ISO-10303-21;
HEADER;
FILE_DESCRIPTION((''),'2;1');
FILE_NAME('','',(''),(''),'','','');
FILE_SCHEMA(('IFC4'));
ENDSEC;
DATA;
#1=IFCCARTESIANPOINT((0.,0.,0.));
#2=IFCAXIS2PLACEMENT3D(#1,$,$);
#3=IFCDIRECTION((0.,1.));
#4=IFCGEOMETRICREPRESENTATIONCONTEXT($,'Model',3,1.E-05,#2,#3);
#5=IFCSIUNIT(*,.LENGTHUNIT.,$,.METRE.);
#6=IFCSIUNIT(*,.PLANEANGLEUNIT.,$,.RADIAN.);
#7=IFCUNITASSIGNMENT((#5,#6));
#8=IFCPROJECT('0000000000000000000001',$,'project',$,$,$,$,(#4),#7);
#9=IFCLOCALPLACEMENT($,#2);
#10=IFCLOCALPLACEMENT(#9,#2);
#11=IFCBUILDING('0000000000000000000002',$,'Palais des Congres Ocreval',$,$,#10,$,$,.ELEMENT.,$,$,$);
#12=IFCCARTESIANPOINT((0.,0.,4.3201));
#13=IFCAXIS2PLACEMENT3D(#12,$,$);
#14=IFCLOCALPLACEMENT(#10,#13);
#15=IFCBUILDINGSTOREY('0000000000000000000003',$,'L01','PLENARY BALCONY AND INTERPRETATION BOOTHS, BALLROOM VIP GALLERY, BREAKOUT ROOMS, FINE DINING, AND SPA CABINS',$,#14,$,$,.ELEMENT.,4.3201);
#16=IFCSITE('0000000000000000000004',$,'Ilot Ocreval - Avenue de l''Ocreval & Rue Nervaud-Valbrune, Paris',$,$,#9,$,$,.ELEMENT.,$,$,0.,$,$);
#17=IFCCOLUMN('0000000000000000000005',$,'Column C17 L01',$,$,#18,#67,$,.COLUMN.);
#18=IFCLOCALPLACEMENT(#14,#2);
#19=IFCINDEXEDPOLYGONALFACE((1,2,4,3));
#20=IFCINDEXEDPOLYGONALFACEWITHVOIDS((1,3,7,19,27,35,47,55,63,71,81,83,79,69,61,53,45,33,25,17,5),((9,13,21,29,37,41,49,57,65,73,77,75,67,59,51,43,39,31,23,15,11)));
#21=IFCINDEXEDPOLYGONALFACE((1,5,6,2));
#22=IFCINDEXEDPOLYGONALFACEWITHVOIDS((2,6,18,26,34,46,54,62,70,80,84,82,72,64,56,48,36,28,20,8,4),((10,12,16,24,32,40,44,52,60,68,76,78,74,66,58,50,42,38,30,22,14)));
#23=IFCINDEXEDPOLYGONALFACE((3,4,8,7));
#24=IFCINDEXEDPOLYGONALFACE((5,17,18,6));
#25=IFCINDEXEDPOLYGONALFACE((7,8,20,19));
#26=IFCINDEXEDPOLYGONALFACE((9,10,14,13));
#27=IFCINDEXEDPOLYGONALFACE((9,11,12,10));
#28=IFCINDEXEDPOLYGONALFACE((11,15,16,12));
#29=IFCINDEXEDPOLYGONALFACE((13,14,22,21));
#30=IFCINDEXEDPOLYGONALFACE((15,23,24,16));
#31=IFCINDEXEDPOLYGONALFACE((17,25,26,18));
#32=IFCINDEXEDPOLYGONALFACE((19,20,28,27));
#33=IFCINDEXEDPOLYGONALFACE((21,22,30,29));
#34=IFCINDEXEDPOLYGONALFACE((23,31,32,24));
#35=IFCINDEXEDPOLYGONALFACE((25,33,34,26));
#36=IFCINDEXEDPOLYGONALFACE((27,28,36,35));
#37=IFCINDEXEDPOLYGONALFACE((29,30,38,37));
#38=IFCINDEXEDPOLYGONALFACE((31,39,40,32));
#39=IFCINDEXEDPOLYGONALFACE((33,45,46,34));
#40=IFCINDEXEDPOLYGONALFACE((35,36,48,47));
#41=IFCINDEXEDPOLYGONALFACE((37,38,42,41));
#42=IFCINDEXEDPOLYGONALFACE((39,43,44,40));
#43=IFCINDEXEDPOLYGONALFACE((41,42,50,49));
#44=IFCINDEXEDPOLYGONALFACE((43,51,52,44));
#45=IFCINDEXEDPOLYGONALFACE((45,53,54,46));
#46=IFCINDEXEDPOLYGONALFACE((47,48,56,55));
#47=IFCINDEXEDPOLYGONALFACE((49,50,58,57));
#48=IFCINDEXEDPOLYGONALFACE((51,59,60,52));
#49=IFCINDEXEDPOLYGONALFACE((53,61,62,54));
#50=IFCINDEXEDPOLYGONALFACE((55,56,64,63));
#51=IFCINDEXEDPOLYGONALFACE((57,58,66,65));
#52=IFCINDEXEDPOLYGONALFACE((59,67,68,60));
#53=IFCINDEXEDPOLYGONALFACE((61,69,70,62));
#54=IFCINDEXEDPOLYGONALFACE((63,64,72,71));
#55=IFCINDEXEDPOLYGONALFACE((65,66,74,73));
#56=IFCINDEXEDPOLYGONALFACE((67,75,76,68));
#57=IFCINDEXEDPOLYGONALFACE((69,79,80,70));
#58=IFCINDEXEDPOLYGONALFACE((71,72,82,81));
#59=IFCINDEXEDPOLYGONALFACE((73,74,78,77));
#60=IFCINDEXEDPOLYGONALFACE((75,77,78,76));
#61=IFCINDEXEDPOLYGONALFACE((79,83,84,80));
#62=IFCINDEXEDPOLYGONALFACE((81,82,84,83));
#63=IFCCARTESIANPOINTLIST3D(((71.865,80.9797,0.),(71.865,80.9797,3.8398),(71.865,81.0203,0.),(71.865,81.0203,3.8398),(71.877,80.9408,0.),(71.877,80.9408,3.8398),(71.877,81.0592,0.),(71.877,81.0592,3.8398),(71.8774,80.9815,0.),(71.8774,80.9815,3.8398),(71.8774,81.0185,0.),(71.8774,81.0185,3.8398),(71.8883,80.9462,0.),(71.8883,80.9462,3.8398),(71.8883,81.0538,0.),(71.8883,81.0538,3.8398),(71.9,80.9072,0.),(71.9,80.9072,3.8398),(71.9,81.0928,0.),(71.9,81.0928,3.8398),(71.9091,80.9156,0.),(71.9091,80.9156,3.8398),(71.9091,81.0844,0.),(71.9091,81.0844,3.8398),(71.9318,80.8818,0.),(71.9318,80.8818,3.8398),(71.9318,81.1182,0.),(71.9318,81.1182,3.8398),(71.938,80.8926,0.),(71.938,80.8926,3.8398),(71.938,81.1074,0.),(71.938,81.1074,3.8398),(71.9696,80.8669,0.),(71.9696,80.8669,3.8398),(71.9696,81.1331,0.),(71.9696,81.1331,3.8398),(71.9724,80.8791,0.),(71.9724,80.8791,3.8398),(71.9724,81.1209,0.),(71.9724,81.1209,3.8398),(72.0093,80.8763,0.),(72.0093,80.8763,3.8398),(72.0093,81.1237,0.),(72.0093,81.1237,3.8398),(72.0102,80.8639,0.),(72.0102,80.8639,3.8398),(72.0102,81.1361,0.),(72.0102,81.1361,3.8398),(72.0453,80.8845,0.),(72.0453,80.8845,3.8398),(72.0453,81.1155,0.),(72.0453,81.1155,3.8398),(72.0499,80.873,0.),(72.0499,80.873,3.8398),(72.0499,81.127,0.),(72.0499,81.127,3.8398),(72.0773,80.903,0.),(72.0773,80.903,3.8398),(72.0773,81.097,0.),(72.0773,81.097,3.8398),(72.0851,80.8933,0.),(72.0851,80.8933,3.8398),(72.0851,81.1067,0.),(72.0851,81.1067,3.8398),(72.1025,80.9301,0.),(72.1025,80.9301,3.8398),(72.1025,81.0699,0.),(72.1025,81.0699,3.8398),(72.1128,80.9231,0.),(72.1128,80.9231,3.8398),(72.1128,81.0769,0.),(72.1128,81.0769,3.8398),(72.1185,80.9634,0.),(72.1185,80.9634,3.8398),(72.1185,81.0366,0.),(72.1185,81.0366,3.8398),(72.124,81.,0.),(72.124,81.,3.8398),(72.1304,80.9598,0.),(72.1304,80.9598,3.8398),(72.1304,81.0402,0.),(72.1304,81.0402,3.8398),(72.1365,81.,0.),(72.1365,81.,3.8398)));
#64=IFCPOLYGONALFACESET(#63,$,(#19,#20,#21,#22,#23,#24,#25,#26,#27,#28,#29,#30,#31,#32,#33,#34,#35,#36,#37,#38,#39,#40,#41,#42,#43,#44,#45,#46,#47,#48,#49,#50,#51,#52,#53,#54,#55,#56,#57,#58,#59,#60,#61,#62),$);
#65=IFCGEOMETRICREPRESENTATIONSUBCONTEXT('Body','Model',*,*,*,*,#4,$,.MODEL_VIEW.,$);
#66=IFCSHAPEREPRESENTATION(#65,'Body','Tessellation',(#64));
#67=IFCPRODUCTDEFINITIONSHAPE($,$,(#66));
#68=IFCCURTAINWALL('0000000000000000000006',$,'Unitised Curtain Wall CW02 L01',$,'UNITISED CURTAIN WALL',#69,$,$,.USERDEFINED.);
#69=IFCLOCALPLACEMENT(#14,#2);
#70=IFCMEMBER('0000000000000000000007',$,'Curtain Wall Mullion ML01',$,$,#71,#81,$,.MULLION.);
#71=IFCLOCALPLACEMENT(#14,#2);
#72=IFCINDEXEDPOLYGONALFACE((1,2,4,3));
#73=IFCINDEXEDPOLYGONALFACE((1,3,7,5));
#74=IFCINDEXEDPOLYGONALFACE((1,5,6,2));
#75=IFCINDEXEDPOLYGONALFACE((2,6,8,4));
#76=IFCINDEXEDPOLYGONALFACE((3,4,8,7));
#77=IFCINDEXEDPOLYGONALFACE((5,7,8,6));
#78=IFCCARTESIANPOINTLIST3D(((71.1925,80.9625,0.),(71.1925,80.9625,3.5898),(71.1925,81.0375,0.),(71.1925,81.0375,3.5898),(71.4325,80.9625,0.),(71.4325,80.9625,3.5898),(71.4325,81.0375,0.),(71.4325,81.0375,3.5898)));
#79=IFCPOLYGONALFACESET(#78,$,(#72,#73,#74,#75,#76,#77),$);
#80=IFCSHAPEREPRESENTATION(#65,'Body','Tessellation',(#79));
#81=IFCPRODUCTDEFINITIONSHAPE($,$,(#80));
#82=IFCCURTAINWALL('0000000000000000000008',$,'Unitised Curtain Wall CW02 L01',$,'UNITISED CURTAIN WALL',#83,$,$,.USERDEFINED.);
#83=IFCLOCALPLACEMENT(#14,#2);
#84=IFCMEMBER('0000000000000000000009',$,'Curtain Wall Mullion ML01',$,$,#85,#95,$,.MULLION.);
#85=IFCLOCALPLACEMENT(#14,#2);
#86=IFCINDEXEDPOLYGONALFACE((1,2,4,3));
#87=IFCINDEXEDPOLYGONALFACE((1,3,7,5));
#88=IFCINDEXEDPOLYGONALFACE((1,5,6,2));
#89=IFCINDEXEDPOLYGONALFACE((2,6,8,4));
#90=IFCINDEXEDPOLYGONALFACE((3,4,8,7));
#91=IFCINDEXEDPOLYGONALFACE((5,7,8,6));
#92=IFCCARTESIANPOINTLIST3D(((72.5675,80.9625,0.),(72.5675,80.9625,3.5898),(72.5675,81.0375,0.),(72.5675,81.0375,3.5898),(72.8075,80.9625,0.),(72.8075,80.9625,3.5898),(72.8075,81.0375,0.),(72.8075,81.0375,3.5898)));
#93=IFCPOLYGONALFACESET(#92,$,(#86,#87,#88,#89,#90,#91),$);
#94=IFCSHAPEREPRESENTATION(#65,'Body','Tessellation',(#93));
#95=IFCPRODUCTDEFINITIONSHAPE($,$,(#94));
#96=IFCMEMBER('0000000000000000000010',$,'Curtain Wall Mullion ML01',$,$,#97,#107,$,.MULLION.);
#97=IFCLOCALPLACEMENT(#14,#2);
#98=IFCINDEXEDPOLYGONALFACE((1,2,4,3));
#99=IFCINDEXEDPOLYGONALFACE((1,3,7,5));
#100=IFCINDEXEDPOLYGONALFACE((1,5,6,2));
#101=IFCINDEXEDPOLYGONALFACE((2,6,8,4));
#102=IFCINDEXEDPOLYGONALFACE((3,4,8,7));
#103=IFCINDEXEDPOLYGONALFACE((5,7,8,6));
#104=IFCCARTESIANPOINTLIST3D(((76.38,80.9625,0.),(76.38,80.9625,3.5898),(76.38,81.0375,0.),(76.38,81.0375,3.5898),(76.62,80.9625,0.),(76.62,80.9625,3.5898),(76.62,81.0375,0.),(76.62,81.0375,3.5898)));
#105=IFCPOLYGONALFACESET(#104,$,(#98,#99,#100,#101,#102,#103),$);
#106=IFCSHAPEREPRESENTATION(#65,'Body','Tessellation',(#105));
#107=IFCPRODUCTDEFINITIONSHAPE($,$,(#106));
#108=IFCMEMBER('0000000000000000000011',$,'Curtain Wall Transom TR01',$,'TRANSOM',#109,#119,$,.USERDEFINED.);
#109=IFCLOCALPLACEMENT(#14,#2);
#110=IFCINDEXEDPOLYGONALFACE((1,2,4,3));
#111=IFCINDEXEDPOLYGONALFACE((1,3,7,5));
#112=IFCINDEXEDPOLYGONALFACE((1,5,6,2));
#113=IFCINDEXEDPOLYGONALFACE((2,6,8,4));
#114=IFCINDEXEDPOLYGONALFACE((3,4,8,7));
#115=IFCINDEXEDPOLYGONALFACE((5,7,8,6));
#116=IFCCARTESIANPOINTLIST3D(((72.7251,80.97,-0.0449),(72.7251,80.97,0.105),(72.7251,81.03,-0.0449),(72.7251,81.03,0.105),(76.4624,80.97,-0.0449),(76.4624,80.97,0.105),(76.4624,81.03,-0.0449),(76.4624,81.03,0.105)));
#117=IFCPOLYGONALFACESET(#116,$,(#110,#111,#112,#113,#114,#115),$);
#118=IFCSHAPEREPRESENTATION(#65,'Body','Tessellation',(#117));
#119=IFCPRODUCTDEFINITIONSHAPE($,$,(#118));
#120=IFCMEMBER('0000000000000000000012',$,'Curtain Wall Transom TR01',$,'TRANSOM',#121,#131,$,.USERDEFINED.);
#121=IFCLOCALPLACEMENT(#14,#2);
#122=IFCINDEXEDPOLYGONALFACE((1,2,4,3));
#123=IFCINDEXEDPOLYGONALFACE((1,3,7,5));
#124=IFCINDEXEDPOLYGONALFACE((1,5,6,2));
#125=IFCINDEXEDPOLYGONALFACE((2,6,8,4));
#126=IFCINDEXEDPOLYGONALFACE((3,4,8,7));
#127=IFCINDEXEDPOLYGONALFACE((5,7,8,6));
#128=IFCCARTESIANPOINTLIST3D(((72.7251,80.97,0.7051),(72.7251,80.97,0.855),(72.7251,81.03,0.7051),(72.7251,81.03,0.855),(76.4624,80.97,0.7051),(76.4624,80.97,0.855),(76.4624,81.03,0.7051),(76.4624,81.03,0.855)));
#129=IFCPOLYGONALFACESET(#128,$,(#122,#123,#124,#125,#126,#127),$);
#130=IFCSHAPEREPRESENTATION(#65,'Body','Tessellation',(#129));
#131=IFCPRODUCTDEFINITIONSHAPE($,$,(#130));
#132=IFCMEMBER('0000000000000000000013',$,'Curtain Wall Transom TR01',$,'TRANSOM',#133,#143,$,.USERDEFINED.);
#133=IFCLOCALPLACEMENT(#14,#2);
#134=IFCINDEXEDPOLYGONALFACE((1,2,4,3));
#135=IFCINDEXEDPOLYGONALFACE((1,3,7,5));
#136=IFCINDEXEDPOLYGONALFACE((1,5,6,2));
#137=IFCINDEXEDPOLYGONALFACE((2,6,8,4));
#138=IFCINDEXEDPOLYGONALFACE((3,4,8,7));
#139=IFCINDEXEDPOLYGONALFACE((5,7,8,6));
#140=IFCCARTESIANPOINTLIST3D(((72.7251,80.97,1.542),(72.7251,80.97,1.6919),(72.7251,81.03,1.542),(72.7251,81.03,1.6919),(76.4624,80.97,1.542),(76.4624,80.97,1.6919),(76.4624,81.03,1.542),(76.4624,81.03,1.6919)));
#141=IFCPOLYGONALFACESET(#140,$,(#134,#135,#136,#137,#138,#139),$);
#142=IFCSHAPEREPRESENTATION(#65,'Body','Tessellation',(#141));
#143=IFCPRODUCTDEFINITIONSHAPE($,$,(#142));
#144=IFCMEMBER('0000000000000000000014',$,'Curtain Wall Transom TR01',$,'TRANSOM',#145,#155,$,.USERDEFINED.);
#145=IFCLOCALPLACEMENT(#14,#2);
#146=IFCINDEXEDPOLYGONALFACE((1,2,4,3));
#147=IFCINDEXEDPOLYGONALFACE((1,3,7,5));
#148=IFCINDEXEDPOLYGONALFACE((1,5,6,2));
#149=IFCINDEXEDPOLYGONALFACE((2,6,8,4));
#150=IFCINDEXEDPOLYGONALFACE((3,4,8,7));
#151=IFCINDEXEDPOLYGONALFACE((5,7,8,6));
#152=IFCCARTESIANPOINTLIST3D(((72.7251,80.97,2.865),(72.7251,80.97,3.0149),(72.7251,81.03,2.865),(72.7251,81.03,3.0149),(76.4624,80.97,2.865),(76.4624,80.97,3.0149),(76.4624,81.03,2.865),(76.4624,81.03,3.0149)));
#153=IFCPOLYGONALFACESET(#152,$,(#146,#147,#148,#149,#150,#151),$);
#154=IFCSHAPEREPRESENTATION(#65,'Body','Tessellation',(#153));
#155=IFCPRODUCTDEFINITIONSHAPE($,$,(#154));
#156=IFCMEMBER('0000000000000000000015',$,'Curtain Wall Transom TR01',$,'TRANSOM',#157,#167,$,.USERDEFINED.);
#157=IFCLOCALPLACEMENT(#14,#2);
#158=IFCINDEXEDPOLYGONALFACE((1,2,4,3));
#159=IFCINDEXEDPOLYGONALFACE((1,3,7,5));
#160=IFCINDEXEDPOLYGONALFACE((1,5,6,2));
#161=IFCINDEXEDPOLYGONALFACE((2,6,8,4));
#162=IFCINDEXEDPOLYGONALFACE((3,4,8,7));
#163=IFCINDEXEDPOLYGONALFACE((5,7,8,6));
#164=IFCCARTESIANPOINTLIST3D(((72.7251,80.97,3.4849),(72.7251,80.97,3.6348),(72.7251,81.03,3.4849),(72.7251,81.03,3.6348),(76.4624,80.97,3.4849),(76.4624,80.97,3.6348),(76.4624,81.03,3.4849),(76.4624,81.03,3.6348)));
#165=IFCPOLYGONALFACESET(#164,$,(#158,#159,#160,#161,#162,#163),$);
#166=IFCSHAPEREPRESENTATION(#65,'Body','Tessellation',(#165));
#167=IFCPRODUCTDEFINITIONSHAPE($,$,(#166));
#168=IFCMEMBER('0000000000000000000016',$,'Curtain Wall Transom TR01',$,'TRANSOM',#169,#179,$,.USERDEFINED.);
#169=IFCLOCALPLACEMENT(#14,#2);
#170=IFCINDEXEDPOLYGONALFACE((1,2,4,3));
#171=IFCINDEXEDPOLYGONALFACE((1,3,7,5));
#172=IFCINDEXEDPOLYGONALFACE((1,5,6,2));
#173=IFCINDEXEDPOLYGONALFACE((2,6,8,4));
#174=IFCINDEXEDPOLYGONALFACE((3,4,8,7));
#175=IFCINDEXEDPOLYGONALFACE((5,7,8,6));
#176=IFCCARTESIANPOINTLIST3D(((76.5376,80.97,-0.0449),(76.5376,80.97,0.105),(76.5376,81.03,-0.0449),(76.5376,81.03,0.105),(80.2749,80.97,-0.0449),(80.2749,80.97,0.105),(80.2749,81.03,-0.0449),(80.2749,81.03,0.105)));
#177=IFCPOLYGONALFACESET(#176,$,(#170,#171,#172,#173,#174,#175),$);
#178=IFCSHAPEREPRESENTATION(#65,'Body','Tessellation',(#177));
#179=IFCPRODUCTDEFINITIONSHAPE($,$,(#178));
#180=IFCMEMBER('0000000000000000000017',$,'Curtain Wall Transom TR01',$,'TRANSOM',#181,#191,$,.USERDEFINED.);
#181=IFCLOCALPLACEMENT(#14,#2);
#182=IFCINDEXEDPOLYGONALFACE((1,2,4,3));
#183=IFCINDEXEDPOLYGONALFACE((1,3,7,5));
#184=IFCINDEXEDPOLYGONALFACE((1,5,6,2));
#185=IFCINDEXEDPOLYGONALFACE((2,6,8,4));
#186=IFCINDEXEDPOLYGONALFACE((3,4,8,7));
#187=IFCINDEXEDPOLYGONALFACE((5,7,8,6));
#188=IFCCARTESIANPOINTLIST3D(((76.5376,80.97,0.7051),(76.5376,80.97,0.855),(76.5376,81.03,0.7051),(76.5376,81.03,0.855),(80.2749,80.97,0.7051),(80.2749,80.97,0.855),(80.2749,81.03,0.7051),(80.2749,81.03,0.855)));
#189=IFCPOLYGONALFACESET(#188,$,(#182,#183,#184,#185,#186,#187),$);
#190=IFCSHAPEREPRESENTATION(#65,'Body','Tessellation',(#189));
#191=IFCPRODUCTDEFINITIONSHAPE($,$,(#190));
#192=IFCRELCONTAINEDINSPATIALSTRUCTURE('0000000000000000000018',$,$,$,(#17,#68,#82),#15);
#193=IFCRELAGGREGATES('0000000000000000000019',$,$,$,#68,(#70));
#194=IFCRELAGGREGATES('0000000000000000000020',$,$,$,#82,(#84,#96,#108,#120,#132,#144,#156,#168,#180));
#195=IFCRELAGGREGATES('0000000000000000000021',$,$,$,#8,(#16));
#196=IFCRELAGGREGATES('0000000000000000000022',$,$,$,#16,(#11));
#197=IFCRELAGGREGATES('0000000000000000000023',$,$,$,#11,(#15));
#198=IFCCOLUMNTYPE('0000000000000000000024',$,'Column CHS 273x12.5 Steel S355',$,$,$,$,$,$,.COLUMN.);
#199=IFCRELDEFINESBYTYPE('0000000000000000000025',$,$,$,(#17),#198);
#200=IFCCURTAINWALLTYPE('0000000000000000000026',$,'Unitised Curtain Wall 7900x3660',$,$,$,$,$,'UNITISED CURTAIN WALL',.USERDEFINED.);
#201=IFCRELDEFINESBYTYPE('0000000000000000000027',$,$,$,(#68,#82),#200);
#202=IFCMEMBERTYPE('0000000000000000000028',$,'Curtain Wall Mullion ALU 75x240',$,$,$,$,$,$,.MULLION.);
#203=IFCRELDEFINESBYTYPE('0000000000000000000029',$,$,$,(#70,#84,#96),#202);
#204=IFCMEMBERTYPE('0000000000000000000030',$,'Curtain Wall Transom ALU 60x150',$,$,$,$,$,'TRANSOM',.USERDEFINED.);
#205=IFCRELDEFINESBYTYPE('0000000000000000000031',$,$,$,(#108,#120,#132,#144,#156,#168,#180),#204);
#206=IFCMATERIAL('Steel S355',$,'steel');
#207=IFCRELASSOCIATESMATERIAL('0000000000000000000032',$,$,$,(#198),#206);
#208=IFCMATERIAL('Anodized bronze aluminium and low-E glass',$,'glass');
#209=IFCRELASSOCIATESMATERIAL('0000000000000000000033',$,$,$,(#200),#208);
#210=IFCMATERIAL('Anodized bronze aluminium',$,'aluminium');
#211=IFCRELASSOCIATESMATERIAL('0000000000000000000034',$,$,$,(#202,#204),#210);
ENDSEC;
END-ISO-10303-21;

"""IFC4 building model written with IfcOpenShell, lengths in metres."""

from ifc_helpers import new_model, si_unit, direction, frame, origin, origin_2d, place, context, subcontext, project, spatial, rectangle, hollow_circle, extrude, material, material_profile, profile_set, type_object, element, aggregate, save


model = new_model("IFC4")

# Units and contexts
model_context = context("Model", 3, precision=1e-05, world=origin(), true_north=direction((0.0, 1.0)))
body_context = subcontext(model_context, "Body", "Model", "MODEL_VIEW")
ifc_project = project(units=[si_unit("LENGTHUNIT", "METRE"), si_unit("PLANEANGLEUNIT", "RADIAN")], contexts=[model_context])

# Site, building, storey
site_placement = place(None, origin())
site = spatial("IfcSite", under=ifc_project, at=site_placement, Name="Ilot Ocreval - Avenue de l'Ocreval & Rue Nervaud-Valbrune, Paris", CompositionType="ELEMENT", RefElevation=0.0)
building_placement = place(site_placement, origin())
building = spatial("IfcBuilding", under=site, at=building_placement, Name="Palais des Congres Ocreval", CompositionType="ELEMENT")
storey_placement = place(building_placement, frame((0.0, 0.0, 4.3201)))
storey = spatial("IfcBuildingStorey", under=building, at=storey_placement, Name="L01", Description="PLENARY BALCONY AND INTERPRETATION BOOTHS, BALLROOM VIP GALLERY, BREAKOUT ROOMS, FINE DINING, AND SPA CABINS", CompositionType="ELEMENT", Elevation=4.3201)

# Column
ifc_material_1 = material(Name="Steel S355", Category="steel")
ifc_material_profile_1 = material_profile(ifc_material_1, hollow_circle(Radius=0.1365, WallThickness=0.0125, at=origin_2d()), Name="CHS 273x12.5")
ifc_profile_set_1 = profile_set([ifc_material_profile_1], Name="Steel S355")
column_type = type_object("IfcColumnType", Name="Column CHS 273x12.5 Steel S355", PredefinedType="COLUMN", material=ifc_profile_set_1)
column_placement = place(storey_placement, frame((72.0, 81.0, 0.0), z_axis=(0.0, 0.0, 1.0), x_axis=(1.0, 0.0, 0.0)))
element("IfcColumn", 1, at=column_placement, inside=storey, type_object=column_type, Name="Column C17 L01", PredefinedType="COLUMN", context=body_context, shape_type="SweptSolid", body=[
    extrude(hollow_circle(Radius=0.1365, WallThickness=0.0125, at=origin_2d()), origin(), (0.0, 0.0, 1.0), 3.8398),
])

# Curtain wall, member
ifc_material_2 = material(Name="Anodized bronze aluminium and low-E glass", Category="glass")
curtain_wall_type = type_object("IfcCurtainWallType", Name="Unitised Curtain Wall 7900x3660", ElementType="UNITISED CURTAIN WALL", PredefinedType="USERDEFINED", material=ifc_material_2)
curtain_wall_1_placement = place(storey_placement, origin())
curtain_wall_1 = element("IfcCurtainWall", 2, at=curtain_wall_1_placement, inside=storey, type_object=curtain_wall_type, Name="Unitised Curtain Wall CW02 L01", ObjectType="UNITISED CURTAIN WALL", PredefinedType="USERDEFINED")
ifc_material_3 = material(Name="Anodized bronze aluminium", Category="aluminium")
ifc_material_profile_2 = material_profile(ifc_material_3, rectangle(XDim=0.075, YDim=0.24, at=origin_2d()), Name="ALU 75x240")
ifc_profile_set_2 = profile_set([ifc_material_profile_2], Name="Anodized bronze aluminium")
member_type_1 = type_object("IfcMemberType", Name="Curtain Wall Mullion ALU 75x240", PredefinedType="MULLION", material=ifc_profile_set_2)
member_1_placement = place(storey_placement, frame((71.3125, 81.0, 0.0), z_axis=(0.0, 0.0, 1.0), x_axis=(0.0, 1.0, 0.0)))
member_1 = element("IfcMember", 3, at=member_1_placement, type_object=member_type_1, Name="Curtain Wall Mullion ML01", PredefinedType="MULLION", context=body_context, shape_type="SweptSolid", body=[
    extrude(rectangle(XDim=0.075, YDim=0.24, at=origin_2d()), origin(), (0.0, 0.0, 1.0), 3.5898),
])

# Curtain wall, members
curtain_wall_2_placement = place(storey_placement, origin())
curtain_wall_2 = element("IfcCurtainWall", 4, at=curtain_wall_2_placement, inside=storey, type_object=curtain_wall_type, Name="Unitised Curtain Wall CW02 L01", ObjectType="UNITISED CURTAIN WALL", PredefinedType="USERDEFINED")
member_2_placement = place(storey_placement, frame((72.6875, 81.0, 0.0), z_axis=(0.0, 0.0, 1.0), x_axis=(0.0, 1.0, 0.0)))
member_2 = element("IfcMember", 5, at=member_2_placement, type_object=member_type_1, Name="Curtain Wall Mullion ML01", PredefinedType="MULLION", context=body_context, shape_type="SweptSolid", body=[
    extrude(rectangle(XDim=0.075, YDim=0.24, at=origin_2d()), origin(), (0.0, 0.0, 1.0), 3.5898),
])
member_3_placement = place(storey_placement, frame((76.5, 81.0, 0.0), z_axis=(0.0, 0.0, 1.0), x_axis=(0.0, 1.0, 0.0)))
member_3 = element("IfcMember", 6, at=member_3_placement, type_object=member_type_1, Name="Curtain Wall Mullion ML01", PredefinedType="MULLION", context=body_context, shape_type="SweptSolid", body=[
    extrude(rectangle(XDim=0.075, YDim=0.24, at=origin_2d()), origin(), (0.0, 0.0, 1.0), 3.5898),
])
ifc_material_profile_3 = material_profile(ifc_material_3, rectangle(XDim=0.0601, YDim=0.1499, at=origin_2d()), Name="ALU 60x150")
ifc_profile_set_3 = profile_set([ifc_material_profile_3], Name="Anodized bronze aluminium")
member_type_2 = type_object("IfcMemberType", Name="Curtain Wall Transom ALU 60x150", ElementType="TRANSOM", PredefinedType="USERDEFINED", material=ifc_profile_set_3)
member_4_placement = place(storey_placement, frame((72.7251, 81.0, 0.03), z_axis=(1.0, 0.0, 0.0), x_axis=(0.0, 1.0, 0.0)))
member_4 = element("IfcMember", 7, at=member_4_placement, type_object=member_type_2, Name="Curtain Wall Transom TR01", ObjectType="TRANSOM", PredefinedType="USERDEFINED", context=body_context, shape_type="SweptSolid", body=[
    extrude(rectangle(XDim=0.0601, YDim=0.1499, at=origin_2d()), origin(), (0.0, 0.0, 1.0), 3.7373),
])
member_5_placement = place(storey_placement, frame((72.7251, 81.0, 0.78), z_axis=(1.0, 0.0, 0.0), x_axis=(0.0, 1.0, 0.0)))
member_5 = element("IfcMember", 8, at=member_5_placement, type_object=member_type_2, Name="Curtain Wall Transom TR01", ObjectType="TRANSOM", PredefinedType="USERDEFINED", context=body_context, shape_type="SweptSolid", body=[
    extrude(rectangle(XDim=0.0601, YDim=0.1499, at=origin_2d()), origin(), (0.0, 0.0, 1.0), 3.7373),
])
member_6_placement = place(storey_placement, frame((72.7251, 81.0, 1.6169), z_axis=(1.0, 0.0, 0.0), x_axis=(0.0, 1.0, 0.0)))
member_6 = element("IfcMember", 9, at=member_6_placement, type_object=member_type_2, Name="Curtain Wall Transom TR01", ObjectType="TRANSOM", PredefinedType="USERDEFINED", context=body_context, shape_type="SweptSolid", body=[
    extrude(rectangle(XDim=0.0601, YDim=0.1499, at=origin_2d()), origin(), (0.0, 0.0, 1.0), 3.7373),
])
member_7_placement = place(storey_placement, frame((72.7251, 81.0, 2.9399), z_axis=(1.0, 0.0, 0.0), x_axis=(0.0, 1.0, 0.0)))
member_7 = element("IfcMember", 10, at=member_7_placement, type_object=member_type_2, Name="Curtain Wall Transom TR01", ObjectType="TRANSOM", PredefinedType="USERDEFINED", context=body_context, shape_type="SweptSolid", body=[
    extrude(rectangle(XDim=0.0601, YDim=0.1499, at=origin_2d()), origin(), (0.0, 0.0, 1.0), 3.7373),
])
member_8_placement = place(storey_placement, frame((72.7251, 81.0, 3.5598), z_axis=(1.0, 0.0, 0.0), x_axis=(0.0, 1.0, 0.0)))
member_8 = element("IfcMember", 11, at=member_8_placement, type_object=member_type_2, Name="Curtain Wall Transom TR01", ObjectType="TRANSOM", PredefinedType="USERDEFINED", context=body_context, shape_type="SweptSolid", body=[
    extrude(rectangle(XDim=0.0601, YDim=0.1499, at=origin_2d()), origin(), (0.0, 0.0, 1.0), 3.7373),
])
member_9_placement = place(storey_placement, frame((76.5376, 81.0, 0.03), z_axis=(1.0, 0.0, 0.0), x_axis=(0.0, 1.0, 0.0)))
member_9 = element("IfcMember", 12, at=member_9_placement, type_object=member_type_2, Name="Curtain Wall Transom TR01", ObjectType="TRANSOM", PredefinedType="USERDEFINED", context=body_context, shape_type="SweptSolid", body=[
    extrude(rectangle(XDim=0.0601, YDim=0.1499, at=origin_2d()), origin(), (0.0, 0.0, 1.0), 3.7373),
])
member_10_placement = place(storey_placement, frame((76.5376, 81.0, 0.78), z_axis=(1.0, 0.0, 0.0), x_axis=(0.0, 1.0, 0.0)))
member_10 = element("IfcMember", 13, at=member_10_placement, type_object=member_type_2, Name="Curtain Wall Transom TR01", ObjectType="TRANSOM", PredefinedType="USERDEFINED", context=body_context, shape_type="SweptSolid", body=[
    extrude(rectangle(XDim=0.0601, YDim=0.1499, at=origin_2d()), origin(), (0.0, 0.0, 1.0), 3.7373),
])

aggregate(curtain_wall_1, [member_1])
aggregate(curtain_wall_2, [member_2, member_3, member_4, member_5, member_6, member_7, member_8, member_9, member_10])

save(model, "model.ifc")
